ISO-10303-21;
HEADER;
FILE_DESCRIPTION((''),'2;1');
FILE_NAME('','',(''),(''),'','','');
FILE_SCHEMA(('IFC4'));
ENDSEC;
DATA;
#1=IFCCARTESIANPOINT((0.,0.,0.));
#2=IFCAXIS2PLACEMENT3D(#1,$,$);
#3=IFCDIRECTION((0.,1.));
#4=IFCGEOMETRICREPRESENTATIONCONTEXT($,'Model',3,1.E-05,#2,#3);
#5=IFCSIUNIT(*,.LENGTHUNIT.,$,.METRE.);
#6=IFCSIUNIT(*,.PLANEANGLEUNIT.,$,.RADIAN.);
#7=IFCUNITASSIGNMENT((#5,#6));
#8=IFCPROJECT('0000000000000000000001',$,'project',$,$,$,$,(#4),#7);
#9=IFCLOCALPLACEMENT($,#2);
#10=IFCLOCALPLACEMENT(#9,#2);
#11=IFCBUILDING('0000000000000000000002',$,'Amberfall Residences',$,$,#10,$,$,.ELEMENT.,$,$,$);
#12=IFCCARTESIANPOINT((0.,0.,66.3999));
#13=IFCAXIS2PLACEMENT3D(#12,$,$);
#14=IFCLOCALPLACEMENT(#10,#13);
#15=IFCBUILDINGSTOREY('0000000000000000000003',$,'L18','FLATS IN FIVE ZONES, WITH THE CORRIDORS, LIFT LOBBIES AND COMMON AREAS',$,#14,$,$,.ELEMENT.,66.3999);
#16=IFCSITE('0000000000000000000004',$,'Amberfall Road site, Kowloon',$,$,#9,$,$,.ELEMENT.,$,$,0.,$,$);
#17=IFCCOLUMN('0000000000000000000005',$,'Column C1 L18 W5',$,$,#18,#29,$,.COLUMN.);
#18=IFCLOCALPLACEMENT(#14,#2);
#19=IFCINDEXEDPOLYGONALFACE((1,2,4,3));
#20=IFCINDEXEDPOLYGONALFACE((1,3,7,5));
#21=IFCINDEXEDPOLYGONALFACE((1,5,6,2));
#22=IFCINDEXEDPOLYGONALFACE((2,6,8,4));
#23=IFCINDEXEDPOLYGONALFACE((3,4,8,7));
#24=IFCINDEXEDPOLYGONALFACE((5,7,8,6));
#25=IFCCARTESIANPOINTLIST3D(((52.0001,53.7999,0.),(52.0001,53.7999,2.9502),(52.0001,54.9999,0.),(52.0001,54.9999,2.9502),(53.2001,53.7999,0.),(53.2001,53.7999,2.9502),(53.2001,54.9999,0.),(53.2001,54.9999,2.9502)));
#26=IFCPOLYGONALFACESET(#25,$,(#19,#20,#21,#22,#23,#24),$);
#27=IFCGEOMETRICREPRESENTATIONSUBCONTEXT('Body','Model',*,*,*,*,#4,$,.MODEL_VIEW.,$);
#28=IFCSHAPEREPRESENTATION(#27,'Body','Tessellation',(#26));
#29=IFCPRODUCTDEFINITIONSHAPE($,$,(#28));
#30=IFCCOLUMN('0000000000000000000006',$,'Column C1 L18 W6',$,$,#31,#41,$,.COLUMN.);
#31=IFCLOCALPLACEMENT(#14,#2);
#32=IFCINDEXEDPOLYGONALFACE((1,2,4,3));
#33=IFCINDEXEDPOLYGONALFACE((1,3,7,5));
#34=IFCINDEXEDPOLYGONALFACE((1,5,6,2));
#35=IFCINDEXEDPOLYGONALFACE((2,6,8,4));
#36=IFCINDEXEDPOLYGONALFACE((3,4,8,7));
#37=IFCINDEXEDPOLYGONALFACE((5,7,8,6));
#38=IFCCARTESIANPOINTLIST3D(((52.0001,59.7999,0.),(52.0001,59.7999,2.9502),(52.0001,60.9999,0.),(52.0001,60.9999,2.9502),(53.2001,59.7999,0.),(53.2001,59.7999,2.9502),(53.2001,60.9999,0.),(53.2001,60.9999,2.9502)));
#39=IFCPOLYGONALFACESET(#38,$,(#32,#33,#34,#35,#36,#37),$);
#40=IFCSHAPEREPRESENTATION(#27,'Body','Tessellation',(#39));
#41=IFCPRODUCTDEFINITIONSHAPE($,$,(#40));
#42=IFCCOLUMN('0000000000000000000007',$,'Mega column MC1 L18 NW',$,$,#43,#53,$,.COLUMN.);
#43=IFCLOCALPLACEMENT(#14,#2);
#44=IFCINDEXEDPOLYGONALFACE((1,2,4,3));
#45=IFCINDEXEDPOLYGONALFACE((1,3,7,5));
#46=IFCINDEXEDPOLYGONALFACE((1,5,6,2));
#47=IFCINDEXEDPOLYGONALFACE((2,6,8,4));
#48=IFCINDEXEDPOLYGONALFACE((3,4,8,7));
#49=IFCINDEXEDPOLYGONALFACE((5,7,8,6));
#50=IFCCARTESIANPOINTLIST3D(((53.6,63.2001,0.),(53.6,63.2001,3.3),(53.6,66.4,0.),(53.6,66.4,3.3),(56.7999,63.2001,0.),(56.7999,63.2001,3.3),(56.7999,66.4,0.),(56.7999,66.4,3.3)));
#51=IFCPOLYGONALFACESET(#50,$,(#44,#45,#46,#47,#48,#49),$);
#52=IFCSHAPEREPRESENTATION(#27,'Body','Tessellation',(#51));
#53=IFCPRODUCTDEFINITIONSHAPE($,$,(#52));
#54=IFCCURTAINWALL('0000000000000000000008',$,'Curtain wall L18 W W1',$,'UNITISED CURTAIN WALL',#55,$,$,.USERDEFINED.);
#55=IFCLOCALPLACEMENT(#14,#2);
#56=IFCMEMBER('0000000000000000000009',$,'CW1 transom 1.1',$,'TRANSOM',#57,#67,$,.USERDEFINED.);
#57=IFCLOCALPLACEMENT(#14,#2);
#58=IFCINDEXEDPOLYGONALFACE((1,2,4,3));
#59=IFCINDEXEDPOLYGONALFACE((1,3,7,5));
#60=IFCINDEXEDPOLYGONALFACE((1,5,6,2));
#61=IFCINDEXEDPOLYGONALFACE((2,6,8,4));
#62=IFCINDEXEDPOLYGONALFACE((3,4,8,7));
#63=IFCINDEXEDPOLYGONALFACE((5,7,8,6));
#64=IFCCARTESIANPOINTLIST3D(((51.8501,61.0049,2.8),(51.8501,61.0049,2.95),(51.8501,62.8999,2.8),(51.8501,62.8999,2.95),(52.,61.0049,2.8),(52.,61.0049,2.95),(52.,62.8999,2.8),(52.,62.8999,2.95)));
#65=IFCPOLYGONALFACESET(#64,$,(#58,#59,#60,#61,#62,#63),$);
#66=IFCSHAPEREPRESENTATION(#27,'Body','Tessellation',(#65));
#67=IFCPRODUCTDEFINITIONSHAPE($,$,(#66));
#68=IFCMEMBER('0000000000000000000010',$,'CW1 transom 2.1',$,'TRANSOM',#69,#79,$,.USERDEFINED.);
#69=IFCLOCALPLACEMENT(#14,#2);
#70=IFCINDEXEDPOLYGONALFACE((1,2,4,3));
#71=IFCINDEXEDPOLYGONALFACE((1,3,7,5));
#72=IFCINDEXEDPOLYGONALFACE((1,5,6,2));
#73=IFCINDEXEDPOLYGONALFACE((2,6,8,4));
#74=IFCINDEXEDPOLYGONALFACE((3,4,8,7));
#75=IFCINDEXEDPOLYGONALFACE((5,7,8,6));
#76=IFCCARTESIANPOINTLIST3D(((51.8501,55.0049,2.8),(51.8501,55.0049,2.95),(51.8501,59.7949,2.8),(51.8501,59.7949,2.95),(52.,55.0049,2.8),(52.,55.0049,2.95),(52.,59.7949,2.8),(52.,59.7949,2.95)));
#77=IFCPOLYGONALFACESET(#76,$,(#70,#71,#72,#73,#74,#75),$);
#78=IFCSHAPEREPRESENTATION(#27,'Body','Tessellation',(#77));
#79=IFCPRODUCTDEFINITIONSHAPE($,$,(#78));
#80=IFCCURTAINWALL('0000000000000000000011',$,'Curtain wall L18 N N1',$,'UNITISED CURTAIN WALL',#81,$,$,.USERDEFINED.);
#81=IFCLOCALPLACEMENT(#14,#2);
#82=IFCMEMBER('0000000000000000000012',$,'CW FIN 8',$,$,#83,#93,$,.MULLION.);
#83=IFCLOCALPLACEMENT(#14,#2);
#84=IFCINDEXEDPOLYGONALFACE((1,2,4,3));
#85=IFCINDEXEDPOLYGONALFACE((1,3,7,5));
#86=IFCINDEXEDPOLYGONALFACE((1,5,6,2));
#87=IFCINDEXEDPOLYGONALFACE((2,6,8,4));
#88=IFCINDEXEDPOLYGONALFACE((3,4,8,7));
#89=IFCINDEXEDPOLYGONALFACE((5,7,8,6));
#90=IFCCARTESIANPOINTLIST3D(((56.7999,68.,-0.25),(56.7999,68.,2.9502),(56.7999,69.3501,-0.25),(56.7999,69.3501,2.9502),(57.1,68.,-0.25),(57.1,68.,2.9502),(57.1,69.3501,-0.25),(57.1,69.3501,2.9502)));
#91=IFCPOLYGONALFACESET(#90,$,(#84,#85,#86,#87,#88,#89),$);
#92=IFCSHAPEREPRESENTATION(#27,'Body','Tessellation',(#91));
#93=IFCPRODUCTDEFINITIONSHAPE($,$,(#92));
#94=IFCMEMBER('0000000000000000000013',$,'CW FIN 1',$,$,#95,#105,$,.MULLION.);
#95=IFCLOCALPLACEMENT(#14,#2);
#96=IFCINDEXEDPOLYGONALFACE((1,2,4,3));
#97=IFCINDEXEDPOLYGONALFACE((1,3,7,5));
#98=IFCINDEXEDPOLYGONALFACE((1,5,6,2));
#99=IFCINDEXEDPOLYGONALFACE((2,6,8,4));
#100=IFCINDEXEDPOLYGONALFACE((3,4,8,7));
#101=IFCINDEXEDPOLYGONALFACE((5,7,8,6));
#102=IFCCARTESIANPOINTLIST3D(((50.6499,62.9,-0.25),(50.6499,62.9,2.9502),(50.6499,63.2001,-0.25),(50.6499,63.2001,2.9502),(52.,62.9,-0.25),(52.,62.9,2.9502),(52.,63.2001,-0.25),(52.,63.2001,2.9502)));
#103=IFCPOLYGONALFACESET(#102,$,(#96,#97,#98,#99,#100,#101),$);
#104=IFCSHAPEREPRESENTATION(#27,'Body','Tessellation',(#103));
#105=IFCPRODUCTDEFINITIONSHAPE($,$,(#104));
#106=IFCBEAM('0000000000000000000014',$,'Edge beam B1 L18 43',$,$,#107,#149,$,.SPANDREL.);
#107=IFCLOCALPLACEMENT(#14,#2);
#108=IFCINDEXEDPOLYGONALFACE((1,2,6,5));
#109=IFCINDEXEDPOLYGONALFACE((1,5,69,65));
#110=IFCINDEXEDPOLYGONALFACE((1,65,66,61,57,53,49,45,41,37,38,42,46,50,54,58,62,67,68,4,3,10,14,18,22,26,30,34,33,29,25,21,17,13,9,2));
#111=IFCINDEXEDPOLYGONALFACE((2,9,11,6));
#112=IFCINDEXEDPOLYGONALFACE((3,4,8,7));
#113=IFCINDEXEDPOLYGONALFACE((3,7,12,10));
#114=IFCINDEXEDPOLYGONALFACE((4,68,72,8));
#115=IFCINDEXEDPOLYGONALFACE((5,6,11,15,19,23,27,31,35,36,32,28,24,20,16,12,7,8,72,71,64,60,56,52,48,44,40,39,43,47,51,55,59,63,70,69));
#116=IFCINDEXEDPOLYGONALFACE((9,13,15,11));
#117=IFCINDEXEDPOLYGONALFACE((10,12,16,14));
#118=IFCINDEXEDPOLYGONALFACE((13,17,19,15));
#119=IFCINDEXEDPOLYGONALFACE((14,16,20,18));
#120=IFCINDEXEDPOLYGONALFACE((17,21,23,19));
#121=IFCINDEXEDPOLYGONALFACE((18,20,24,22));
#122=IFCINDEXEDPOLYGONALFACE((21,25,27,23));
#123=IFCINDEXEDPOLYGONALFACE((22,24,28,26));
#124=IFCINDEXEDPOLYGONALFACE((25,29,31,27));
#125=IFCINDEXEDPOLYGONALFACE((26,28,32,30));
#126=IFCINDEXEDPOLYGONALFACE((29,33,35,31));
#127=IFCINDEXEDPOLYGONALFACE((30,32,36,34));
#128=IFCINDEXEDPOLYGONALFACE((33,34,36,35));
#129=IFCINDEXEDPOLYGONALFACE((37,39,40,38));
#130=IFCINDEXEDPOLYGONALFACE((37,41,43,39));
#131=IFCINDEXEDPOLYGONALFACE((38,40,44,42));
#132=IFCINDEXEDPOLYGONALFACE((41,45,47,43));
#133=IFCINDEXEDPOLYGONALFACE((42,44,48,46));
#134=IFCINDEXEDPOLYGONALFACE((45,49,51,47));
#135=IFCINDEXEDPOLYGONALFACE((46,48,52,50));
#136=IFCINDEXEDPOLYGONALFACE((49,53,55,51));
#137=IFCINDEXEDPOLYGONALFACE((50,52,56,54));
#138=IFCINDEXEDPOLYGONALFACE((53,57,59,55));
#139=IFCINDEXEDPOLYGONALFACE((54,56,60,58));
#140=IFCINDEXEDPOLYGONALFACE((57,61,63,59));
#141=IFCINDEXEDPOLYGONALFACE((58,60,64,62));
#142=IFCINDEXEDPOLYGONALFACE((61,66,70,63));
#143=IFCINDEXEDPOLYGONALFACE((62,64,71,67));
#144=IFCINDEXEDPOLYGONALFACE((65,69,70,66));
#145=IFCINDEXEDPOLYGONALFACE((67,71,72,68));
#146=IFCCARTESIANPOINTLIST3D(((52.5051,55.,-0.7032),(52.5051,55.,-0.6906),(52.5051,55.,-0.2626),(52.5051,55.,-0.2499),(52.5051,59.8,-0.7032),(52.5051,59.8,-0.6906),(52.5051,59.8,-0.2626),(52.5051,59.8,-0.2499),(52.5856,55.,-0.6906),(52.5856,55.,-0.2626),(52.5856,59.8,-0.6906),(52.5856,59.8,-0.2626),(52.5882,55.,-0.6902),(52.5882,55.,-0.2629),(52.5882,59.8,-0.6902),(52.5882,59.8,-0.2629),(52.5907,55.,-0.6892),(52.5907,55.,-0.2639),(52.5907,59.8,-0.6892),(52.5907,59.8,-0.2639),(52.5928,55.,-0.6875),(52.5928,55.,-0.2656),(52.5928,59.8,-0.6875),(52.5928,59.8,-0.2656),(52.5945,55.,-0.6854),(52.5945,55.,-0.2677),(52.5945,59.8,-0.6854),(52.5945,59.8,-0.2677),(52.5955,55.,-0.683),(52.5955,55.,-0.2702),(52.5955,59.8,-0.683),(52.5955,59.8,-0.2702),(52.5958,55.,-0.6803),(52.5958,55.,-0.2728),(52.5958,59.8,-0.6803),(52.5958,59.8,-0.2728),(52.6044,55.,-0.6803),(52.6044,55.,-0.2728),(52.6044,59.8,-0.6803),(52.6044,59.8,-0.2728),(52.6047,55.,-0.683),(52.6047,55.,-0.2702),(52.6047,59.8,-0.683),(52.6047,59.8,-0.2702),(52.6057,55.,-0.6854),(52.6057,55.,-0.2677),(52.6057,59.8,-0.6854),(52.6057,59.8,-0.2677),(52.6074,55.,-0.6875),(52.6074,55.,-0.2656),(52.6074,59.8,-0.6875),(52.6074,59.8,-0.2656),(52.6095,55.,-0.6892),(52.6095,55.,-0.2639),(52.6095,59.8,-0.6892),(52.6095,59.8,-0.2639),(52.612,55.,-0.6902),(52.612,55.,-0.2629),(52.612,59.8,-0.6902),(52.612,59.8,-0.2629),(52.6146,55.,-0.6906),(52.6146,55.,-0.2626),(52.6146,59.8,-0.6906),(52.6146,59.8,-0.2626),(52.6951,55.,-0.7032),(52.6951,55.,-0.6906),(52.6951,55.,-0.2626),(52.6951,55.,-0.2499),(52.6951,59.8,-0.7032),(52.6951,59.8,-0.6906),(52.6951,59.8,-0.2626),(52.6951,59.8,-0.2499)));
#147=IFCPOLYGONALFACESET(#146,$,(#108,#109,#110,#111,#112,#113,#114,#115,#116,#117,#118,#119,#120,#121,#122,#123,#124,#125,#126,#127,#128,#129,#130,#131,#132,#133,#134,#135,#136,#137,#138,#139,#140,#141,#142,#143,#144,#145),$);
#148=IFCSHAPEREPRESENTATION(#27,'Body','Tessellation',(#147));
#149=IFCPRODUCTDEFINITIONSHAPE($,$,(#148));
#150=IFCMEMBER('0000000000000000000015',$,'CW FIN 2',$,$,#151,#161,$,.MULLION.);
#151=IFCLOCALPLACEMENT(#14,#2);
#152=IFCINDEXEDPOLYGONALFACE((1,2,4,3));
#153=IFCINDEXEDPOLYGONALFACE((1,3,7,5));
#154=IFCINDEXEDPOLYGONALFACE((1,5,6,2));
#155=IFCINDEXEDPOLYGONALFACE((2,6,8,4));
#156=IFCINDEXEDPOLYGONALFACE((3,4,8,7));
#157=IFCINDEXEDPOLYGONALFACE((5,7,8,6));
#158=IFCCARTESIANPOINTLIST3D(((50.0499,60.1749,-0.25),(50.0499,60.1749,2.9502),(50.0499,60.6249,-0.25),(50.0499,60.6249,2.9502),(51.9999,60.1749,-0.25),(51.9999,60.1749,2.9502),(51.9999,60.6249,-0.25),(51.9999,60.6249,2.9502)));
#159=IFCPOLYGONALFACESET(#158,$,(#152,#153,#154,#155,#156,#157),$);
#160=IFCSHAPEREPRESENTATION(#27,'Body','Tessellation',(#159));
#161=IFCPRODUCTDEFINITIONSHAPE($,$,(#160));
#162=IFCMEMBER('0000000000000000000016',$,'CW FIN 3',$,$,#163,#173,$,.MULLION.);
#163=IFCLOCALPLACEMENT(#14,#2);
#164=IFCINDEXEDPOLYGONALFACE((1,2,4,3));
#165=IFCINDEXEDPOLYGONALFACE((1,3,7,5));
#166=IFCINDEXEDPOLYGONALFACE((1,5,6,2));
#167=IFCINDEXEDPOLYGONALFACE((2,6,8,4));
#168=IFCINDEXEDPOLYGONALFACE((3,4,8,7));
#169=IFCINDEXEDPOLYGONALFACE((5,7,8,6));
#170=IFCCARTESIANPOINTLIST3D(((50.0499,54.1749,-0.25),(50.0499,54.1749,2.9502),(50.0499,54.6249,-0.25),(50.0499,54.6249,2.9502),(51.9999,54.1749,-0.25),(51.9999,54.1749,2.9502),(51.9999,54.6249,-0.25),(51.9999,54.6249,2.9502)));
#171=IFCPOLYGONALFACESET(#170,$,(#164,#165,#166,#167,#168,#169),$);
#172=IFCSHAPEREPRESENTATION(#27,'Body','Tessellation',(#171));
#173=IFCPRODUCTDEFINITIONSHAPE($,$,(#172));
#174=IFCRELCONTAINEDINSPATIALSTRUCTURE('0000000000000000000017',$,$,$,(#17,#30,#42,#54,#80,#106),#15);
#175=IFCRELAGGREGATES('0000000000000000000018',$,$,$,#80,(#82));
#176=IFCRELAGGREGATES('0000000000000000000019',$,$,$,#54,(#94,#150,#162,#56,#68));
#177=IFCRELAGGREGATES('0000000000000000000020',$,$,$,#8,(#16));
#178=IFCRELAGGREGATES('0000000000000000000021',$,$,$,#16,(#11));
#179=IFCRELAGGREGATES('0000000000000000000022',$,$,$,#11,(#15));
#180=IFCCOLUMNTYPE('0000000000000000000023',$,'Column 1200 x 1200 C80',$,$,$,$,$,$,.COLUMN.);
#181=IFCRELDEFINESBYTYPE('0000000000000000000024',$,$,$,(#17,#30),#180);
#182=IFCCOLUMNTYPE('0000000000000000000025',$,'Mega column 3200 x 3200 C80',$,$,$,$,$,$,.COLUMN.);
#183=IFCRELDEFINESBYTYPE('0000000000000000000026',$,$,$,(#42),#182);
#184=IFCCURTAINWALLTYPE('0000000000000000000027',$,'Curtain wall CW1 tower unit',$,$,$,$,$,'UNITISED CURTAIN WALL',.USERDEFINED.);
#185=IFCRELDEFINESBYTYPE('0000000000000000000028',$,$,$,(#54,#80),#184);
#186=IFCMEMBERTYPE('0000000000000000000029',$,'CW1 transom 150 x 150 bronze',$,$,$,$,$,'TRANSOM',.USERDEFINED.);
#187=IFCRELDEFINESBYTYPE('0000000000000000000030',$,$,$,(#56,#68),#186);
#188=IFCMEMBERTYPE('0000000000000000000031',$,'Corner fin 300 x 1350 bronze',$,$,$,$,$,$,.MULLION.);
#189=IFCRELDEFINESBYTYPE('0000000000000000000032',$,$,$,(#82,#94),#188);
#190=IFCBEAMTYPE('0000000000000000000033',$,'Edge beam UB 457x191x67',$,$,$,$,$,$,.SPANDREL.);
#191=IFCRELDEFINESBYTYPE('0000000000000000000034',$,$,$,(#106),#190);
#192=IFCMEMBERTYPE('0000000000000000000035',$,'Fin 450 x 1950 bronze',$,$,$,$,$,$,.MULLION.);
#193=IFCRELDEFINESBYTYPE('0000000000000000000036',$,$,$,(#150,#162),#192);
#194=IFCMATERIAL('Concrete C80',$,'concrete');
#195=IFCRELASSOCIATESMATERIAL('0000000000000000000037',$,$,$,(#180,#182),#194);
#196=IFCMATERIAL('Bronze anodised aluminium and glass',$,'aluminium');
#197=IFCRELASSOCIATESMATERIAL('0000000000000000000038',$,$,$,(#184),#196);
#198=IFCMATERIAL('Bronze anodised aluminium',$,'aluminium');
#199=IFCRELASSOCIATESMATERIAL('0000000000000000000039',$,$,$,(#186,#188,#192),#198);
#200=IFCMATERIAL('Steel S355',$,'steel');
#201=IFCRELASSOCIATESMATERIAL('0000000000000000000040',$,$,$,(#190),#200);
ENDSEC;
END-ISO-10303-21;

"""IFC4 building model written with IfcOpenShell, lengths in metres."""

from ifc_helpers import new_model, si_unit, direction, frame, origin, origin_2d, place, context, subcontext, project, spatial, rectangle, i_section, extrude, material, material_profile, profile_set, type_object, element, aggregate, save


model = new_model("IFC4")

# Units and contexts
model_context = context("Model", 3, precision=1e-05, world=origin(), true_north=direction((0.0, 1.0)))
body_context = subcontext(model_context, "Body", "Model", "MODEL_VIEW")
ifc_project = project(units=[si_unit("LENGTHUNIT", "METRE"), si_unit("PLANEANGLEUNIT", "RADIAN")], contexts=[model_context])

# Site, building, storey
site_placement = place(None, origin())
site = spatial("IfcSite", under=ifc_project, at=site_placement, Name="Amberfall Road site, Kowloon", CompositionType="ELEMENT", RefElevation=0.0)
building_placement = place(site_placement, origin())
building = spatial("IfcBuilding", under=site, at=building_placement, Name="Amberfall Residences", CompositionType="ELEMENT")
storey_placement = place(building_placement, frame((0.0, 0.0, 66.3999)))
storey = spatial("IfcBuildingStorey", under=building, at=storey_placement, Name="L18", Description="FLATS IN FIVE ZONES, WITH THE CORRIDORS, LIFT LOBBIES AND COMMON AREAS", CompositionType="ELEMENT", Elevation=66.3999)

# Columns
ifc_material_1 = material(Name="Concrete C80", Category="concrete")
ifc_material_profile_1 = material_profile(ifc_material_1, rectangle(XDim=1.2, YDim=1.2, at=origin_2d()), Name="Column 1200 x 1200 C80")
ifc_profile_set_1 = profile_set([ifc_material_profile_1], Name="Concrete C80")
column_type_1 = type_object("IfcColumnType", Name="Column 1200 x 1200 C80", PredefinedType="COLUMN", material=ifc_profile_set_1)
for number, where, z_axis, x_axis, name in (
    (1, (52.6001, 54.3999, 0.0), (0.0, 0.0, 1.0), (1.0, 0.0, 0.0), "Column C1 L18 W5"),
    (2, (52.6001, 60.3999, 0.0), (0.0, 0.0, 1.0), (1.0, 0.0, 0.0), "Column C1 L18 W6"),
):
    element("IfcColumn", number, at=place(storey_placement, frame(where, z_axis=z_axis, x_axis=x_axis)), inside=storey, type_object=column_type_1, Name=name, PredefinedType="COLUMN", context=body_context, shape_type="SweptSolid", body=[
        extrude(rectangle(XDim=1.2, YDim=1.2, at=origin_2d()), origin(), (0.0, 0.0, 1.0), 2.9502),
    ])
ifc_material_profile_2 = material_profile(ifc_material_1, rectangle(XDim=3.2, YDim=3.2, at=origin_2d()), Name="Mega column 3200 x 3200 C80")
ifc_profile_set_2 = profile_set([ifc_material_profile_2], Name="Concrete C80")
column_type_2 = type_object("IfcColumnType", Name="Mega column 3200 x 3200 C80", PredefinedType="COLUMN", material=ifc_profile_set_2)
column_placement = place(storey_placement, frame((55.2, 64.8, 0.0), z_axis=(0.0, 0.0, 1.0), x_axis=(1.0, 0.0, 0.0)))
element("IfcColumn", 3, at=column_placement, inside=storey, type_object=column_type_2, Name="Mega column MC1 L18 NW", PredefinedType="COLUMN", context=body_context, shape_type="SweptSolid", body=[
    extrude(rectangle(XDim=3.2, YDim=3.2, at=origin_2d()), origin(), (0.0, 0.0, 1.0), 3.3),
])

# Curtain wall, members
ifc_material_2 = material(Name="Bronze anodised aluminium and glass", Category="aluminium")
curtain_wall_type = type_object("IfcCurtainWallType", Name="Curtain wall CW1 tower unit", ElementType="UNITISED CURTAIN WALL", PredefinedType="USERDEFINED", material=ifc_material_2)
curtain_wall_1_placement = place(storey_placement, origin())
curtain_wall_1 = element("IfcCurtainWall", 4, at=curtain_wall_1_placement, inside=storey, type_object=curtain_wall_type, Name="Curtain wall L18 W W1", ObjectType="UNITISED CURTAIN WALL", PredefinedType="USERDEFINED")
ifc_material_3 = material(Name="Bronze anodised aluminium", Category="aluminium")
ifc_material_profile_3 = material_profile(ifc_material_3, rectangle(XDim=0.1499, YDim=0.1499, at=origin_2d()), Name="CW1 transom 150 x 150 bronze")
ifc_profile_set_3 = profile_set([ifc_material_profile_3], Name="Bronze anodised aluminium")
member_type_1 = type_object("IfcMemberType", Name="CW1 transom 150 x 150 bronze", ElementType="TRANSOM", PredefinedType="USERDEFINED", material=ifc_profile_set_3)
member_1_placement = place(storey_placement, frame((51.925, 62.8999, 2.875), z_axis=(0.0, -1.0, 0.0), x_axis=(1.0, 0.0, 0.0)))
member_1 = element("IfcMember", 5, at=member_1_placement, type_object=member_type_1, Name="CW1 transom 1.1", ObjectType="TRANSOM", PredefinedType="USERDEFINED", context=body_context, shape_type="SweptSolid", body=[
    extrude(rectangle(XDim=0.1499, YDim=0.1499, at=origin_2d()), origin(), (0.0, 0.0, 1.0), 1.895),
])
member_2_placement = place(storey_placement, frame((51.925, 59.7949, 2.875), z_axis=(0.0, -1.0, 0.0), x_axis=(1.0, 0.0, 0.0)))
member_2 = element("IfcMember", 6, at=member_2_placement, type_object=member_type_1, Name="CW1 transom 2.1", ObjectType="TRANSOM", PredefinedType="USERDEFINED", context=body_context, shape_type="SweptSolid", body=[
    extrude(rectangle(XDim=0.1499, YDim=0.1499, at=origin_2d()), origin(), (0.0, 0.0, 1.0), 4.79),
])

# Curtain wall, member
curtain_wall_2_placement = place(storey_placement, origin())
curtain_wall_2 = element("IfcCurtainWall", 7, at=curtain_wall_2_placement, inside=storey, type_object=curtain_wall_type, Name="Curtain wall L18 N N1", ObjectType="UNITISED CURTAIN WALL", PredefinedType="USERDEFINED")
ifc_material_profile_4 = material_profile(ifc_material_3, rectangle(XDim=1.3501, YDim=0.3, at=origin_2d()), Name="Corner fin 300 x 1350 bronze")
ifc_profile_set_4 = profile_set([ifc_material_profile_4], Name="Bronze anodised aluminium")
member_type_2 = type_object("IfcMemberType", Name="Corner fin 300 x 1350 bronze", PredefinedType="MULLION", material=ifc_profile_set_4)
member_3_placement = place(storey_placement, frame((56.95, 68.675, -0.25), z_axis=(0.0, 0.0, 1.0), x_axis=(0.0, -1.0, 0.0)))
member_3 = element("IfcMember", 8, at=member_3_placement, type_object=member_type_2, Name="CW FIN 8", PredefinedType="MULLION", context=body_context, shape_type="SweptSolid", body=[
    extrude(rectangle(XDim=1.3501, YDim=0.3, at=origin_2d()), origin(), (0.0, 0.0, 1.0), 3.2002),
])

# Member
member_4_placement = place(storey_placement, frame((51.325, 63.05, -0.25), z_axis=(0.0, 0.0, 1.0), x_axis=(1.0, 0.0, 0.0)))
member_4 = element("IfcMember", 9, at=member_4_placement, type_object=member_type_2, Name="CW FIN 1", PredefinedType="MULLION", context=body_context, shape_type="SweptSolid", body=[
    extrude(rectangle(XDim=1.3501, YDim=0.3, at=origin_2d()), origin(), (0.0, 0.0, 1.0), 3.2002),
])

# Beam
ifc_material_4 = material(Name="Steel S355", Category="steel")
ifc_material_profile_5 = material_profile(ifc_material_4, i_section(OverallWidth=0.1899, OverallDepth=0.4534, WebThickness=0.0085, FlangeThickness=0.0127, FilletRadius=0.0103, at=origin_2d()), Name="UB 457x191x67")
ifc_profile_set_5 = profile_set([ifc_material_profile_5], Name="Steel S355")
beam_type_1 = type_object("IfcBeamType", Name="Edge beam UB 457x191x67", PredefinedType="SPANDREL", material=ifc_profile_set_5)
beam_1_placement = place(storey_placement, frame((52.6001, 55.0, -0.4766), z_axis=(0.0, 1.0, 0.0), x_axis=(-1.0, 0.0, 0.0)))
element("IfcBeam", 10, at=beam_1_placement, inside=storey, type_object=beam_type_1, Name="Edge beam B1 L18 43", PredefinedType="SPANDREL", context=body_context, shape_type="SweptSolid", body=[
    extrude(i_section(OverallWidth=0.1899, OverallDepth=0.4534, WebThickness=0.0085, FlangeThickness=0.0127, FilletRadius=0.0103, at=origin_2d()), origin(), (0.0, 0.0, 1.0), 4.8),
])

# Members
ifc_material_profile_6 = material_profile(ifc_material_3, rectangle(XDim=1.95, YDim=0.45, at=origin_2d()), Name="Fin 450 x 1950 bronze")
ifc_profile_set_6 = profile_set([ifc_material_profile_6], Name="Bronze anodised aluminium")
member_type_3 = type_object("IfcMemberType", Name="Fin 450 x 1950 bronze", PredefinedType="MULLION", material=ifc_profile_set_6)
member_5_placement = place(storey_placement, frame((51.0249, 60.3999, -0.25), z_axis=(0.0, 0.0, 1.0), x_axis=(1.0, 0.0, 0.0)))
member_5 = element("IfcMember", 11, at=member_5_placement, type_object=member_type_3, Name="CW FIN 2", PredefinedType="MULLION", context=body_context, shape_type="SweptSolid", body=[
    extrude(rectangle(XDim=1.95, YDim=0.45, at=origin_2d()), origin(), (0.0, 0.0, 1.0), 3.2002),
])
member_6_placement = place(storey_placement, frame((51.0249, 54.3999, -0.25), z_axis=(0.0, 0.0, 1.0), x_axis=(1.0, 0.0, 0.0)))
member_6 = element("IfcMember", 12, at=member_6_placement, type_object=member_type_3, Name="CW FIN 3", PredefinedType="MULLION", context=body_context, shape_type="SweptSolid", body=[
    extrude(rectangle(XDim=1.95, YDim=0.45, at=origin_2d()), origin(), (0.0, 0.0, 1.0), 3.2002),
])

aggregate(curtain_wall_2, [member_3])
aggregate(curtain_wall_1, [member_4, member_5, member_6, member_1, member_2])

save(model, "model.ifc")
